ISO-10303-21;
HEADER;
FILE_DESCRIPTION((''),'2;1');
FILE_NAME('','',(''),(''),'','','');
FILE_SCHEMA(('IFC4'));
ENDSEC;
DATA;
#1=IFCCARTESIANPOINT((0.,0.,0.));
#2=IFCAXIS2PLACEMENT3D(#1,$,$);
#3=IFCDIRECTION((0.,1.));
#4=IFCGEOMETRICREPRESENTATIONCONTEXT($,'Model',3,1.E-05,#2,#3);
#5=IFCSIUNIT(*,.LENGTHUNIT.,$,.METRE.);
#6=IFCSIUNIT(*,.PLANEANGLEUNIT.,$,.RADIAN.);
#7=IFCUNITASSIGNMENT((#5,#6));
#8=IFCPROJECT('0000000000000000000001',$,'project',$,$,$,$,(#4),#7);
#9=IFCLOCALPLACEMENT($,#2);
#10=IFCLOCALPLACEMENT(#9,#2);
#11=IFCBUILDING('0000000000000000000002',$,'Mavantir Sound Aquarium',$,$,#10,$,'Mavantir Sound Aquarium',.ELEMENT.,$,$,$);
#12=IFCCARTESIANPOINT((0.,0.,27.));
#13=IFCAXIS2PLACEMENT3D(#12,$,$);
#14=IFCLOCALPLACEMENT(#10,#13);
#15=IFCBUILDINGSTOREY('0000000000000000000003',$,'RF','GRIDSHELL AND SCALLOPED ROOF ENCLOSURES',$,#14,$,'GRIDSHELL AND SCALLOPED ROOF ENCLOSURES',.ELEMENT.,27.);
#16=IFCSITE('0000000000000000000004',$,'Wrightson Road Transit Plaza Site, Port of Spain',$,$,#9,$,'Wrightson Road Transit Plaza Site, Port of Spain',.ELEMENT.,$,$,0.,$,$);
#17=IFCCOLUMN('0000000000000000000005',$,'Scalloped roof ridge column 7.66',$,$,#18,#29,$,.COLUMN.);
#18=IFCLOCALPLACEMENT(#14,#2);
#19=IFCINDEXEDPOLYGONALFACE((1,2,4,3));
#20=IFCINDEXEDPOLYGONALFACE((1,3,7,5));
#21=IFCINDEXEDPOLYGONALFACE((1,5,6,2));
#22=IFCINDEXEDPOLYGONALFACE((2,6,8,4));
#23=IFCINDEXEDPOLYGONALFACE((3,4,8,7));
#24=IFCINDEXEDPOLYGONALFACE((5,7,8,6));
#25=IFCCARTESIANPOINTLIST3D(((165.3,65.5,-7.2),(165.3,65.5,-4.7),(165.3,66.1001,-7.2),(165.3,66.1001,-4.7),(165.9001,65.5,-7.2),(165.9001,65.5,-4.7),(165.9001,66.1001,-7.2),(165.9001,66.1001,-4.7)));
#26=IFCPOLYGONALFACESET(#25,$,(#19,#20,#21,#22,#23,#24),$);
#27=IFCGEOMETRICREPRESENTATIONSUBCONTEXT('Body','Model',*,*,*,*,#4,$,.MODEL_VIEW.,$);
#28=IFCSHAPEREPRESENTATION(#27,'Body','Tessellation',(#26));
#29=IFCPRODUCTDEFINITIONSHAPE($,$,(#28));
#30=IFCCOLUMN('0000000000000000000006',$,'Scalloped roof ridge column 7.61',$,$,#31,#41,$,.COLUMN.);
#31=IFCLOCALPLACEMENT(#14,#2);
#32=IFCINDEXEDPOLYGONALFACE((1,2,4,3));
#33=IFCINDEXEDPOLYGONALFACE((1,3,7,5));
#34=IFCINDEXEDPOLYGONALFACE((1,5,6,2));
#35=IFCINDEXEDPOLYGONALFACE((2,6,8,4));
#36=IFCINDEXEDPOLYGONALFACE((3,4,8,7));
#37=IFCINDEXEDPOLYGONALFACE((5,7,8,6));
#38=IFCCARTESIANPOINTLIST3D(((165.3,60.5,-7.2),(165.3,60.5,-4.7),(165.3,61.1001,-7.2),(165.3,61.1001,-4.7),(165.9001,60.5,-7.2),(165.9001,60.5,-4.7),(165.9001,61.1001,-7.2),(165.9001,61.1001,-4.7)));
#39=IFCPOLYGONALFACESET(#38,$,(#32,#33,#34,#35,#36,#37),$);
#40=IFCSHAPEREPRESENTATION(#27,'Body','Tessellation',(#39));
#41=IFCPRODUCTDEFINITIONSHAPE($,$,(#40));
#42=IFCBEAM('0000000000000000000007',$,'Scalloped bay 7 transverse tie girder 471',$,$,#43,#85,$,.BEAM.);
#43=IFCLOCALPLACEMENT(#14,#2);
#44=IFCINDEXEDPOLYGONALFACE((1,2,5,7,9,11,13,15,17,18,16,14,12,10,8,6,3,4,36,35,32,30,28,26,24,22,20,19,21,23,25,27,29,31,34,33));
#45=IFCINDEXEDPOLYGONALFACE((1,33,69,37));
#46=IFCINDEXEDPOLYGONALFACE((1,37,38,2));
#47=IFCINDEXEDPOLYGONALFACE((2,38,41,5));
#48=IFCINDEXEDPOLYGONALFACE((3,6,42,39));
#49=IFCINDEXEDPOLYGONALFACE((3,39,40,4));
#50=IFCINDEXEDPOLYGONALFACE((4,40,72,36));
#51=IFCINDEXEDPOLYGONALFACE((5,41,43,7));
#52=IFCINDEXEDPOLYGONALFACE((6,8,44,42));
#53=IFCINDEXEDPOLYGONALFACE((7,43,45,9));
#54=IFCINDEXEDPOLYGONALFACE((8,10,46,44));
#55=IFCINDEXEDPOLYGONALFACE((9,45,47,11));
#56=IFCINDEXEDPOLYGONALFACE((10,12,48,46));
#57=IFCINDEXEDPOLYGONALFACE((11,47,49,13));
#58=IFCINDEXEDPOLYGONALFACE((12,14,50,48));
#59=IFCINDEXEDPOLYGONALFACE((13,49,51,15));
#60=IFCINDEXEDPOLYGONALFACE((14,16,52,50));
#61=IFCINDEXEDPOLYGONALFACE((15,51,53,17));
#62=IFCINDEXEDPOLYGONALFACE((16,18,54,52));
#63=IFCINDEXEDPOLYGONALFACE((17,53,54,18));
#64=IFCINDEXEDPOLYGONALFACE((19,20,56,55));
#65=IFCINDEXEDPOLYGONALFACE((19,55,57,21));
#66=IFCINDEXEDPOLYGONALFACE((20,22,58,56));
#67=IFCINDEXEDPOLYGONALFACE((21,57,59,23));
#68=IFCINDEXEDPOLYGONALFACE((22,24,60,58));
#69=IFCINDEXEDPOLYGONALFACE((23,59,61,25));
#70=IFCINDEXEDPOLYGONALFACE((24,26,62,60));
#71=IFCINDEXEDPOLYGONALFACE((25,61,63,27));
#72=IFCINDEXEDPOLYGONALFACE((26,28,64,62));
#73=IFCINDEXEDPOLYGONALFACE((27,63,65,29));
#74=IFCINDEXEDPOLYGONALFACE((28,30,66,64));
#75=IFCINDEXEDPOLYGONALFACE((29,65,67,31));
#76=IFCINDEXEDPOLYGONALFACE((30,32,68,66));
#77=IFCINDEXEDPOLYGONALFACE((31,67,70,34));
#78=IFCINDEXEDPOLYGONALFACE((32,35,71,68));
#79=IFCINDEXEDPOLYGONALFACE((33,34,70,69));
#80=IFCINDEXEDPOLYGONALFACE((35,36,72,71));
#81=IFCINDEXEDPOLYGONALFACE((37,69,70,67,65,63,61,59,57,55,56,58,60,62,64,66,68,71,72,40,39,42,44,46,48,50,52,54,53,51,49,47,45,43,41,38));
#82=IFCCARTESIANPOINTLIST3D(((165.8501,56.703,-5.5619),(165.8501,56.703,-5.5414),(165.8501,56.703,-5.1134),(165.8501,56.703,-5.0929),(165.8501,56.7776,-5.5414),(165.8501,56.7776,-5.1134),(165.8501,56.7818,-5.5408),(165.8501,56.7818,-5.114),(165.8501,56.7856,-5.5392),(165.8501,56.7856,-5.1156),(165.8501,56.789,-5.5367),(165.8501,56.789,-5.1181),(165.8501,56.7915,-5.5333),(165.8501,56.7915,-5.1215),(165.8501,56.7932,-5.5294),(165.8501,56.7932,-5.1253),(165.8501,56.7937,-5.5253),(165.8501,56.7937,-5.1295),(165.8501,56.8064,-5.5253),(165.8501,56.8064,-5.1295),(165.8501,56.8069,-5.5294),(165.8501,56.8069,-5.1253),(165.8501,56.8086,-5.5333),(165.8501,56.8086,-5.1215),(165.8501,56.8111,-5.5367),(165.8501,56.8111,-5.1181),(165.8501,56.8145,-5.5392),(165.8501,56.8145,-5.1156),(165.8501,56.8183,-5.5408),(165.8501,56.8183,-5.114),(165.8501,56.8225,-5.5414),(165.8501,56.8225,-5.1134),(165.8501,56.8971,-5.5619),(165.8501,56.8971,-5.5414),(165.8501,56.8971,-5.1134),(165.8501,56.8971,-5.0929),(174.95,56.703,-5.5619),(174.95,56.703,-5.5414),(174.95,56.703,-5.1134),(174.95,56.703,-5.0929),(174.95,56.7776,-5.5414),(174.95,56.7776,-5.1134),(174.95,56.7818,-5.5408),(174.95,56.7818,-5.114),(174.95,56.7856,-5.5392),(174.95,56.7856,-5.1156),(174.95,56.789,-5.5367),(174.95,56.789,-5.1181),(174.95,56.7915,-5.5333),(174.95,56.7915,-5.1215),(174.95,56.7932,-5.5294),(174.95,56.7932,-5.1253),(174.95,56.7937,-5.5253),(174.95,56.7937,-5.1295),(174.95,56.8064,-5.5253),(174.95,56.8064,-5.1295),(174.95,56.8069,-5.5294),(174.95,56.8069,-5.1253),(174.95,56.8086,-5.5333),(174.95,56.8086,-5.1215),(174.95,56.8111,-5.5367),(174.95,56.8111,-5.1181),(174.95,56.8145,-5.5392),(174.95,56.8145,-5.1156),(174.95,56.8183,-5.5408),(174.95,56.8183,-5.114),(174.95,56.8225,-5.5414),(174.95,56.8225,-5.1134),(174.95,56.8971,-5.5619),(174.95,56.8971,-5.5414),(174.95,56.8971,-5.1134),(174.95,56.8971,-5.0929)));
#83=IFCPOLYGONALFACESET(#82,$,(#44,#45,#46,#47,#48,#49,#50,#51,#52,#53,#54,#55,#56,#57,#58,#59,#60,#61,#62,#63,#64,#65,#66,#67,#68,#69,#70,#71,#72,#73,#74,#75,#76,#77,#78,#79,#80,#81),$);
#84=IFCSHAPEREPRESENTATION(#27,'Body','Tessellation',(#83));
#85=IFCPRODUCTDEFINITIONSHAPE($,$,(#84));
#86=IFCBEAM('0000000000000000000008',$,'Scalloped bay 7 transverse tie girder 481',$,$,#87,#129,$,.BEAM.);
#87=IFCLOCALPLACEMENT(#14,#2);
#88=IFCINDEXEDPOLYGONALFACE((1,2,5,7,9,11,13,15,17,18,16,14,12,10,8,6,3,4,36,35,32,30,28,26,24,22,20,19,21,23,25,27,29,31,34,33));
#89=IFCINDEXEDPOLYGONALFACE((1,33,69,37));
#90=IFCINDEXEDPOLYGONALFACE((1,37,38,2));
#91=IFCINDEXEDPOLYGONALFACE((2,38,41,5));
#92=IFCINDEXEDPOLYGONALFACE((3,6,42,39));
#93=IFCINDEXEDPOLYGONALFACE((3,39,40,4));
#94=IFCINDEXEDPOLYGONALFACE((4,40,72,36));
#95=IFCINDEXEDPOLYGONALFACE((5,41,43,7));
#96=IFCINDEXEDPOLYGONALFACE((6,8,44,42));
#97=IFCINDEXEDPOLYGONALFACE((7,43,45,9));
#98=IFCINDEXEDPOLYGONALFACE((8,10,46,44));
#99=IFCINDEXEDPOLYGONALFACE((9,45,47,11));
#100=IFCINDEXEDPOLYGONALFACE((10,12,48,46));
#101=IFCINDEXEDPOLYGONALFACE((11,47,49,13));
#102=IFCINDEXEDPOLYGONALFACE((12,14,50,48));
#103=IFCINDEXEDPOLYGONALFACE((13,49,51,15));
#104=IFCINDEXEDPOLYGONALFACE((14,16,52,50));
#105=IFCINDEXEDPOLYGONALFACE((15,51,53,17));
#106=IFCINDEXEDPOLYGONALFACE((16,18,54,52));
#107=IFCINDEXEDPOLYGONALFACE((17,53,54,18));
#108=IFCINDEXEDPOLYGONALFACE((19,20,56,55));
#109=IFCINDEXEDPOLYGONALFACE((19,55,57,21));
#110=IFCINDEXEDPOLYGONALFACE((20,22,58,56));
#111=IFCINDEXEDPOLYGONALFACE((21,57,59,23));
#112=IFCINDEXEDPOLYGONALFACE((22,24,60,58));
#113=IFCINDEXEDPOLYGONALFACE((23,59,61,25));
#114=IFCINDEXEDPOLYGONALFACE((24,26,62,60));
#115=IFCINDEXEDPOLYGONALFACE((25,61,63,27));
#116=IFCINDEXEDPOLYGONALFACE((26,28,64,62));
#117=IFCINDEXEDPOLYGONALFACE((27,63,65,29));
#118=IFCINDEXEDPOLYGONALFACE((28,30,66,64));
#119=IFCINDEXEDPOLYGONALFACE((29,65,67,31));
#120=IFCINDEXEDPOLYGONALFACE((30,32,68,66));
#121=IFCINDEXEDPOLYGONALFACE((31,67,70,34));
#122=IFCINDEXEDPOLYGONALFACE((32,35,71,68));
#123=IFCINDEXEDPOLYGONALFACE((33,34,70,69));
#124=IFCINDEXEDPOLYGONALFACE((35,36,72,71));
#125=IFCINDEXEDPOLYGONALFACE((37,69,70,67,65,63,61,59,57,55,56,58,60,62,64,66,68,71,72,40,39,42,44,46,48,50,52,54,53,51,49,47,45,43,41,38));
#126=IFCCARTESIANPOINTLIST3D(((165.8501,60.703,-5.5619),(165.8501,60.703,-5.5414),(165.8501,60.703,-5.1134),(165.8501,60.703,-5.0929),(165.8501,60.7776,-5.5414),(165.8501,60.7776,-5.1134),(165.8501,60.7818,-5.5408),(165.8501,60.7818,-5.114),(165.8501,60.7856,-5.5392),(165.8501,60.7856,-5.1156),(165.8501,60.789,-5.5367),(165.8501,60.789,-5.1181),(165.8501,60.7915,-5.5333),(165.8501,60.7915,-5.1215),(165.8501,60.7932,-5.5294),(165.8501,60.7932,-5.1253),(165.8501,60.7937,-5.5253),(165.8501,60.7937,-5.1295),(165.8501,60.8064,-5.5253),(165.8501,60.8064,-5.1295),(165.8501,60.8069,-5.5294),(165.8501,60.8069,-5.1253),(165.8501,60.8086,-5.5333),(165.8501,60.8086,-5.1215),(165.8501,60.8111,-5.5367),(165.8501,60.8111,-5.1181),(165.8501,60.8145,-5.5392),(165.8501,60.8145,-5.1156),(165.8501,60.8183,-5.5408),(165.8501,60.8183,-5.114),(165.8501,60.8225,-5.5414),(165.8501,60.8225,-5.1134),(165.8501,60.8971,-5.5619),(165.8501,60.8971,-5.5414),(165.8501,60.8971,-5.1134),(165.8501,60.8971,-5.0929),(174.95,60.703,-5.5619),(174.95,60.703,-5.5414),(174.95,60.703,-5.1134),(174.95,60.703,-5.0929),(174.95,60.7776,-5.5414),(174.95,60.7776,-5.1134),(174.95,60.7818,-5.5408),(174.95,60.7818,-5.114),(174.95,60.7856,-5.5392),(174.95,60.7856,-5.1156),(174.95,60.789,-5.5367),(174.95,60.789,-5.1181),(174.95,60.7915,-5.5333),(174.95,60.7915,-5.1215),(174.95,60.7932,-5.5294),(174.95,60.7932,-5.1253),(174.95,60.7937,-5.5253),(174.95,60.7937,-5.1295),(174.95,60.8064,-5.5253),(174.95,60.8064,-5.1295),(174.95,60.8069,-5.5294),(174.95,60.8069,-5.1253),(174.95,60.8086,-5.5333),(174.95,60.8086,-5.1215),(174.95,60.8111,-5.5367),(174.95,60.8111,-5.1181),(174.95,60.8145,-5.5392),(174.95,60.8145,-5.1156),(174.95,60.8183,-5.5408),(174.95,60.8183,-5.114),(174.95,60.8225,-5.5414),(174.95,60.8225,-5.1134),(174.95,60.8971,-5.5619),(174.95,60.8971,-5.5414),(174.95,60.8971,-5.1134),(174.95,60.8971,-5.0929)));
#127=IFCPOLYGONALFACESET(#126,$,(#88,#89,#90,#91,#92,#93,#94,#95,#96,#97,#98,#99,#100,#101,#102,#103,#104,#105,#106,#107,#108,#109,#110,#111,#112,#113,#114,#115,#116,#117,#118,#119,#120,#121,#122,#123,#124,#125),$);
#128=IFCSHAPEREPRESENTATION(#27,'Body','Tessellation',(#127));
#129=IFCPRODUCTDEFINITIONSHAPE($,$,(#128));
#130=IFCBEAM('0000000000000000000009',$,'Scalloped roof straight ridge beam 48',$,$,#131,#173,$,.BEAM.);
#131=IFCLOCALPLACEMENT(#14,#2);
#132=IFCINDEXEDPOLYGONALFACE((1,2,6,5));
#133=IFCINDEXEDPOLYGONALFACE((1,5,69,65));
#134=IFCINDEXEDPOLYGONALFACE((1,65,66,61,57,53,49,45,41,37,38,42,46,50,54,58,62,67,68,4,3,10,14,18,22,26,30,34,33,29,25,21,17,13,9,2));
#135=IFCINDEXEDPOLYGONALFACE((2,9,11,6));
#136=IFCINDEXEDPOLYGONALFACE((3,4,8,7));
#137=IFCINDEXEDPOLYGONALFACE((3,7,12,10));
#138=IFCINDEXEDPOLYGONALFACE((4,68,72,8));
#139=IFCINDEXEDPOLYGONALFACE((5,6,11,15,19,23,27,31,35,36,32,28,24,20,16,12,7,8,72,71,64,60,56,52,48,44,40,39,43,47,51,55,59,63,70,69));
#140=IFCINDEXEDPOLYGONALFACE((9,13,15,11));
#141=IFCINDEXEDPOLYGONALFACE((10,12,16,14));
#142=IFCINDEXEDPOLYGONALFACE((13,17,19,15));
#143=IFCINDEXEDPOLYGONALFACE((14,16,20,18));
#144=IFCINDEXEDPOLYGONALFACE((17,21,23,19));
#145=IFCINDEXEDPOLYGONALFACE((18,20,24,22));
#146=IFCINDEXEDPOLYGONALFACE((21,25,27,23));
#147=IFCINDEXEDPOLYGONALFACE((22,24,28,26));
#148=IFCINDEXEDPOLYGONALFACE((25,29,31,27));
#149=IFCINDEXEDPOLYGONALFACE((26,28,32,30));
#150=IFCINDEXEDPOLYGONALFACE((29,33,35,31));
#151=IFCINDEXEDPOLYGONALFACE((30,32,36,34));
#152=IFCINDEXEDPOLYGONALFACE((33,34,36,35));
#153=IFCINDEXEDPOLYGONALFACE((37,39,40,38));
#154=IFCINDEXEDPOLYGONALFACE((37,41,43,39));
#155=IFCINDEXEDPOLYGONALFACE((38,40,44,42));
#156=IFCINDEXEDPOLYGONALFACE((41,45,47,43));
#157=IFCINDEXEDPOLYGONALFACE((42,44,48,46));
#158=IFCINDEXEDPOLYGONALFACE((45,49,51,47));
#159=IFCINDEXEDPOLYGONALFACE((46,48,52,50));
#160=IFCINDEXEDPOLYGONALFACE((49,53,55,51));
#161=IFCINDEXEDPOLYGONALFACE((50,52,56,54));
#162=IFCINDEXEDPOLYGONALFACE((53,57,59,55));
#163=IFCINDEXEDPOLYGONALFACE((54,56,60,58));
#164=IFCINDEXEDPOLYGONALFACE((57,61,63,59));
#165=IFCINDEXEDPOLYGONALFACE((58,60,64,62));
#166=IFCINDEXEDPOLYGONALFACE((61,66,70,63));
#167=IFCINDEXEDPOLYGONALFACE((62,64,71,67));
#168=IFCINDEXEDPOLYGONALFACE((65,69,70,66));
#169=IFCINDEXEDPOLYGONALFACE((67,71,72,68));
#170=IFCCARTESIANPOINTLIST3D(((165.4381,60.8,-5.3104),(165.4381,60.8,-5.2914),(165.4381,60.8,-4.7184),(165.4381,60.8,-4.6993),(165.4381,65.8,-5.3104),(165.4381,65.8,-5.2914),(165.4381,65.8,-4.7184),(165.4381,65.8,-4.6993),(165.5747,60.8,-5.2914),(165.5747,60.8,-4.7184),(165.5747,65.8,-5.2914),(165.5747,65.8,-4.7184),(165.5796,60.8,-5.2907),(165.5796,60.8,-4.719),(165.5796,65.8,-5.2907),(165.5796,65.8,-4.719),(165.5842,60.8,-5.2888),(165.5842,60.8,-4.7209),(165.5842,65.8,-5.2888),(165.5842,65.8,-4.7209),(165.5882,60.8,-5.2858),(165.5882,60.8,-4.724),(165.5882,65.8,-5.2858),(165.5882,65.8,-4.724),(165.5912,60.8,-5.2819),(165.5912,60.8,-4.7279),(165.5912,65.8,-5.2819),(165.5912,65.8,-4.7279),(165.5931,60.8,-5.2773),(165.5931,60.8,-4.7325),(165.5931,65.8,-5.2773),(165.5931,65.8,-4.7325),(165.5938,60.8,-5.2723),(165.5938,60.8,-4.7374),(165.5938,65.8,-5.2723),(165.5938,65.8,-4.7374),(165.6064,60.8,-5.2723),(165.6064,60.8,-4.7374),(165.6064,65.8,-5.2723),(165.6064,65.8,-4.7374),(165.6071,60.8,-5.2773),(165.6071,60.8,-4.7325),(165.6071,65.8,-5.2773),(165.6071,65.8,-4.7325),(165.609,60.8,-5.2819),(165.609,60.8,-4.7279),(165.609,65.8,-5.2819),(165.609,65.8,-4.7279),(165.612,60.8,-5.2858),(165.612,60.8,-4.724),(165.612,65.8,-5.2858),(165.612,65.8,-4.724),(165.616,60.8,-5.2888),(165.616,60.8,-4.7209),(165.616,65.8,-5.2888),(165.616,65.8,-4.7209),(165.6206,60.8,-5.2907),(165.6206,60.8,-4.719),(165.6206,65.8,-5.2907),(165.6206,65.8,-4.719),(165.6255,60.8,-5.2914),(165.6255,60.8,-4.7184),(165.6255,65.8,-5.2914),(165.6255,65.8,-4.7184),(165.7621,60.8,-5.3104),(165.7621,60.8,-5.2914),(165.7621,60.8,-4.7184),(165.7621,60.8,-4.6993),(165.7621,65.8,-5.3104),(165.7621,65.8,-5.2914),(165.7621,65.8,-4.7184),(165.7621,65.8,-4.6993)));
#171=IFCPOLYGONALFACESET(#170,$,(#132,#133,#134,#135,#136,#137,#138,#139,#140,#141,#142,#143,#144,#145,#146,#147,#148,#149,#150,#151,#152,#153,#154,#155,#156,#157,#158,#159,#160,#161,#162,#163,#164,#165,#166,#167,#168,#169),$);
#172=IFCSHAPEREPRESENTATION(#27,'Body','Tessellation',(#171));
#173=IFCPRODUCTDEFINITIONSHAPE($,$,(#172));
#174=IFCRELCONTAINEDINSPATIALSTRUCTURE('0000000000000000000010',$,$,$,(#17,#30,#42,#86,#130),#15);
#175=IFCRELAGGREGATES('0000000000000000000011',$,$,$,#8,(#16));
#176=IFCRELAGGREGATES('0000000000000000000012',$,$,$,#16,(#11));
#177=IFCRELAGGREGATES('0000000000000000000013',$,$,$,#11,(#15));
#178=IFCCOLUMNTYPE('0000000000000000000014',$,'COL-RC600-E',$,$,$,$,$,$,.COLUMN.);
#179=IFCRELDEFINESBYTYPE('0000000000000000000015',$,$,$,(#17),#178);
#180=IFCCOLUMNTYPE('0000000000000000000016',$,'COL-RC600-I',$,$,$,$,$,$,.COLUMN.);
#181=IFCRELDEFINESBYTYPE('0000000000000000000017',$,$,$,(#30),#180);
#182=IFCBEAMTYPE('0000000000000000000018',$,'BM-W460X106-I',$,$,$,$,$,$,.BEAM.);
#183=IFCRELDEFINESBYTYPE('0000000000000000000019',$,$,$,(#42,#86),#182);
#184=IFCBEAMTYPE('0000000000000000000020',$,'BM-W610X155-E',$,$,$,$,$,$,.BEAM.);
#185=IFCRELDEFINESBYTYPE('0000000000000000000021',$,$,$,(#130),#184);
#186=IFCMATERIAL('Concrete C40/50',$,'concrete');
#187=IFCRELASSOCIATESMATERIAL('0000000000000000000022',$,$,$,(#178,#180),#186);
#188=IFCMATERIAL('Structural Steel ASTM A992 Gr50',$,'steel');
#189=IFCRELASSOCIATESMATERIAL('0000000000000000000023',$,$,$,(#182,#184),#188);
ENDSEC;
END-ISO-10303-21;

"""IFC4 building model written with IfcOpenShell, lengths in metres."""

from ifc_helpers import new_model, si_unit, direction, frame, origin, origin_2d, place, context, subcontext, project, spatial, rectangle, i_section, extrude, material, material_profile, profile_set, type_object, element, save


model = new_model("IFC4")

# Units and contexts
model_context = context("Model", 3, precision=1e-05, world=origin(), true_north=direction((0.0, 1.0)))
body_context = subcontext(model_context, "Body", "Model", "MODEL_VIEW")
ifc_project = project(units=[si_unit("LENGTHUNIT", "METRE"), si_unit("PLANEANGLEUNIT", "RADIAN")], contexts=[model_context])

# Site, building, storey
site_placement = place(None, origin())
site = spatial("IfcSite", under=ifc_project, at=site_placement, Name="Wrightson Road Transit Plaza Site, Port of Spain", LongName="Wrightson Road Transit Plaza Site, Port of Spain", CompositionType="ELEMENT", RefElevation=0.0)
building_placement = place(site_placement, origin())
building = spatial("IfcBuilding", under=site, at=building_placement, Name="Mavantir Sound Aquarium", LongName="Mavantir Sound Aquarium", CompositionType="ELEMENT")
storey_placement = place(building_placement, frame((0.0, 0.0, 27.0)))
storey = spatial("IfcBuildingStorey", under=building, at=storey_placement, Name="RF", Description="GRIDSHELL AND SCALLOPED ROOF ENCLOSURES", LongName="GRIDSHELL AND SCALLOPED ROOF ENCLOSURES", CompositionType="ELEMENT", Elevation=27.0)

# Columns
ifc_material_1 = material(Name="Concrete C40/50", Category="concrete")
ifc_material_profile_1 = material_profile(ifc_material_1, rectangle(XDim=0.6001, YDim=0.6001, at=origin_2d()), Name="RC 600X600")
ifc_profile_set_1 = profile_set([ifc_material_profile_1], Name="Concrete C40/50")
column_type_1 = type_object("IfcColumnType", Name="COL-RC600-E", PredefinedType="COLUMN", material=ifc_profile_set_1)
column_1_placement = place(storey_placement, frame((165.6001, 65.8, -7.2), z_axis=(0.0, 0.0, 1.0), x_axis=(1.0, 0.0, 0.0)))
element("IfcColumn", 1, at=column_1_placement, inside=storey, type_object=column_type_1, Name="Scalloped roof ridge column 7.66", PredefinedType="COLUMN", context=body_context, shape_type="SweptSolid", body=[
    extrude(rectangle(XDim=0.6001, YDim=0.6001, at=origin_2d()), origin(), (0.0, 0.0, 1.0), 2.5),
])
ifc_material_profile_2 = material_profile(ifc_material_1, rectangle(XDim=0.6001, YDim=0.6001, at=origin_2d()), Name="RC 600X600")
ifc_profile_set_2 = profile_set([ifc_material_profile_2], Name="Concrete C40/50")
column_type_2 = type_object("IfcColumnType", Name="COL-RC600-I", PredefinedType="COLUMN", material=ifc_profile_set_2)
column_2_placement = place(storey_placement, frame((165.6001, 60.8, -7.2), z_axis=(0.0, 0.0, 1.0), x_axis=(1.0, 0.0, 0.0)))
element("IfcColumn", 2, at=column_2_placement, inside=storey, type_object=column_type_2, Name="Scalloped roof ridge column 7.61", PredefinedType="COLUMN", context=body_context, shape_type="SweptSolid", body=[
    extrude(rectangle(XDim=0.6001, YDim=0.6001, at=origin_2d()), origin(), (0.0, 0.0, 1.0), 2.5),
])

# Beams
ifc_material_2 = material(Name="Structural Steel ASTM A992 Gr50", Category="steel")
ifc_material_profile_3 = material_profile(ifc_material_2, i_section(OverallWidth=0.1941, OverallDepth=0.469, WebThickness=0.0127, FlangeThickness=0.0205, FilletRadius=0.0161, at=origin_2d()), Name="W460X106")
ifc_profile_set_3 = profile_set([ifc_material_profile_3], Name="Structural Steel ASTM A992 Gr50")
beam_type_1 = type_object("IfcBeamType", Name="BM-W460X106-I", PredefinedType="BEAM", material=ifc_profile_set_3)
for number, where, z_axis, x_axis, name in (
    (3, (165.8501, 56.8, -5.3274), (1.0, 0.0, 0.0), (0.0, 1.0, 0.0), "Scalloped bay 7 transverse tie girder 471"),
    (4, (165.8501, 60.8, -5.3274), (1.0, 0.0, 0.0), (0.0, 1.0, 0.0), "Scalloped bay 7 transverse tie girder 481"),
):
    element("IfcBeam", number, at=place(storey_placement, frame(where, z_axis=z_axis, x_axis=x_axis)), inside=storey, type_object=beam_type_1, Name=name, PredefinedType="BEAM", context=body_context, shape_type="SweptSolid", body=[
        extrude(i_section(OverallWidth=0.1941, OverallDepth=0.469, WebThickness=0.0127, FlangeThickness=0.0205, FilletRadius=0.0161, at=origin_2d()), origin(), (0.0, 0.0, 1.0), 9.0999),
    ])
ifc_material_profile_4 = material_profile(ifc_material_2, i_section(OverallWidth=0.324, OverallDepth=0.6111, WebThickness=0.0127, FlangeThickness=0.019, FilletRadius=0.019, at=origin_2d()), Name="W610X155")
ifc_profile_set_4 = profile_set([ifc_material_profile_4], Name="Structural Steel ASTM A992 Gr50")
beam_type_2 = type_object("IfcBeamType", Name="BM-W610X155-E", PredefinedType="BEAM", material=ifc_profile_set_4)
beam_placement = place(storey_placement, frame((165.6001, 60.8, -5.0049), z_axis=(0.0, 1.0, 0.0), x_axis=(-1.0, 0.0, 0.0)))
element("IfcBeam", 5, at=beam_placement, inside=storey, type_object=beam_type_2, Name="Scalloped roof straight ridge beam 48", PredefinedType="BEAM", context=body_context, shape_type="SweptSolid", body=[
    extrude(i_section(OverallWidth=0.324, OverallDepth=0.6111, WebThickness=0.0127, FlangeThickness=0.019, FilletRadius=0.019, at=origin_2d()), origin(), (0.0, 0.0, 1.0), 5.0),
])

save(model, "model.ifc")
